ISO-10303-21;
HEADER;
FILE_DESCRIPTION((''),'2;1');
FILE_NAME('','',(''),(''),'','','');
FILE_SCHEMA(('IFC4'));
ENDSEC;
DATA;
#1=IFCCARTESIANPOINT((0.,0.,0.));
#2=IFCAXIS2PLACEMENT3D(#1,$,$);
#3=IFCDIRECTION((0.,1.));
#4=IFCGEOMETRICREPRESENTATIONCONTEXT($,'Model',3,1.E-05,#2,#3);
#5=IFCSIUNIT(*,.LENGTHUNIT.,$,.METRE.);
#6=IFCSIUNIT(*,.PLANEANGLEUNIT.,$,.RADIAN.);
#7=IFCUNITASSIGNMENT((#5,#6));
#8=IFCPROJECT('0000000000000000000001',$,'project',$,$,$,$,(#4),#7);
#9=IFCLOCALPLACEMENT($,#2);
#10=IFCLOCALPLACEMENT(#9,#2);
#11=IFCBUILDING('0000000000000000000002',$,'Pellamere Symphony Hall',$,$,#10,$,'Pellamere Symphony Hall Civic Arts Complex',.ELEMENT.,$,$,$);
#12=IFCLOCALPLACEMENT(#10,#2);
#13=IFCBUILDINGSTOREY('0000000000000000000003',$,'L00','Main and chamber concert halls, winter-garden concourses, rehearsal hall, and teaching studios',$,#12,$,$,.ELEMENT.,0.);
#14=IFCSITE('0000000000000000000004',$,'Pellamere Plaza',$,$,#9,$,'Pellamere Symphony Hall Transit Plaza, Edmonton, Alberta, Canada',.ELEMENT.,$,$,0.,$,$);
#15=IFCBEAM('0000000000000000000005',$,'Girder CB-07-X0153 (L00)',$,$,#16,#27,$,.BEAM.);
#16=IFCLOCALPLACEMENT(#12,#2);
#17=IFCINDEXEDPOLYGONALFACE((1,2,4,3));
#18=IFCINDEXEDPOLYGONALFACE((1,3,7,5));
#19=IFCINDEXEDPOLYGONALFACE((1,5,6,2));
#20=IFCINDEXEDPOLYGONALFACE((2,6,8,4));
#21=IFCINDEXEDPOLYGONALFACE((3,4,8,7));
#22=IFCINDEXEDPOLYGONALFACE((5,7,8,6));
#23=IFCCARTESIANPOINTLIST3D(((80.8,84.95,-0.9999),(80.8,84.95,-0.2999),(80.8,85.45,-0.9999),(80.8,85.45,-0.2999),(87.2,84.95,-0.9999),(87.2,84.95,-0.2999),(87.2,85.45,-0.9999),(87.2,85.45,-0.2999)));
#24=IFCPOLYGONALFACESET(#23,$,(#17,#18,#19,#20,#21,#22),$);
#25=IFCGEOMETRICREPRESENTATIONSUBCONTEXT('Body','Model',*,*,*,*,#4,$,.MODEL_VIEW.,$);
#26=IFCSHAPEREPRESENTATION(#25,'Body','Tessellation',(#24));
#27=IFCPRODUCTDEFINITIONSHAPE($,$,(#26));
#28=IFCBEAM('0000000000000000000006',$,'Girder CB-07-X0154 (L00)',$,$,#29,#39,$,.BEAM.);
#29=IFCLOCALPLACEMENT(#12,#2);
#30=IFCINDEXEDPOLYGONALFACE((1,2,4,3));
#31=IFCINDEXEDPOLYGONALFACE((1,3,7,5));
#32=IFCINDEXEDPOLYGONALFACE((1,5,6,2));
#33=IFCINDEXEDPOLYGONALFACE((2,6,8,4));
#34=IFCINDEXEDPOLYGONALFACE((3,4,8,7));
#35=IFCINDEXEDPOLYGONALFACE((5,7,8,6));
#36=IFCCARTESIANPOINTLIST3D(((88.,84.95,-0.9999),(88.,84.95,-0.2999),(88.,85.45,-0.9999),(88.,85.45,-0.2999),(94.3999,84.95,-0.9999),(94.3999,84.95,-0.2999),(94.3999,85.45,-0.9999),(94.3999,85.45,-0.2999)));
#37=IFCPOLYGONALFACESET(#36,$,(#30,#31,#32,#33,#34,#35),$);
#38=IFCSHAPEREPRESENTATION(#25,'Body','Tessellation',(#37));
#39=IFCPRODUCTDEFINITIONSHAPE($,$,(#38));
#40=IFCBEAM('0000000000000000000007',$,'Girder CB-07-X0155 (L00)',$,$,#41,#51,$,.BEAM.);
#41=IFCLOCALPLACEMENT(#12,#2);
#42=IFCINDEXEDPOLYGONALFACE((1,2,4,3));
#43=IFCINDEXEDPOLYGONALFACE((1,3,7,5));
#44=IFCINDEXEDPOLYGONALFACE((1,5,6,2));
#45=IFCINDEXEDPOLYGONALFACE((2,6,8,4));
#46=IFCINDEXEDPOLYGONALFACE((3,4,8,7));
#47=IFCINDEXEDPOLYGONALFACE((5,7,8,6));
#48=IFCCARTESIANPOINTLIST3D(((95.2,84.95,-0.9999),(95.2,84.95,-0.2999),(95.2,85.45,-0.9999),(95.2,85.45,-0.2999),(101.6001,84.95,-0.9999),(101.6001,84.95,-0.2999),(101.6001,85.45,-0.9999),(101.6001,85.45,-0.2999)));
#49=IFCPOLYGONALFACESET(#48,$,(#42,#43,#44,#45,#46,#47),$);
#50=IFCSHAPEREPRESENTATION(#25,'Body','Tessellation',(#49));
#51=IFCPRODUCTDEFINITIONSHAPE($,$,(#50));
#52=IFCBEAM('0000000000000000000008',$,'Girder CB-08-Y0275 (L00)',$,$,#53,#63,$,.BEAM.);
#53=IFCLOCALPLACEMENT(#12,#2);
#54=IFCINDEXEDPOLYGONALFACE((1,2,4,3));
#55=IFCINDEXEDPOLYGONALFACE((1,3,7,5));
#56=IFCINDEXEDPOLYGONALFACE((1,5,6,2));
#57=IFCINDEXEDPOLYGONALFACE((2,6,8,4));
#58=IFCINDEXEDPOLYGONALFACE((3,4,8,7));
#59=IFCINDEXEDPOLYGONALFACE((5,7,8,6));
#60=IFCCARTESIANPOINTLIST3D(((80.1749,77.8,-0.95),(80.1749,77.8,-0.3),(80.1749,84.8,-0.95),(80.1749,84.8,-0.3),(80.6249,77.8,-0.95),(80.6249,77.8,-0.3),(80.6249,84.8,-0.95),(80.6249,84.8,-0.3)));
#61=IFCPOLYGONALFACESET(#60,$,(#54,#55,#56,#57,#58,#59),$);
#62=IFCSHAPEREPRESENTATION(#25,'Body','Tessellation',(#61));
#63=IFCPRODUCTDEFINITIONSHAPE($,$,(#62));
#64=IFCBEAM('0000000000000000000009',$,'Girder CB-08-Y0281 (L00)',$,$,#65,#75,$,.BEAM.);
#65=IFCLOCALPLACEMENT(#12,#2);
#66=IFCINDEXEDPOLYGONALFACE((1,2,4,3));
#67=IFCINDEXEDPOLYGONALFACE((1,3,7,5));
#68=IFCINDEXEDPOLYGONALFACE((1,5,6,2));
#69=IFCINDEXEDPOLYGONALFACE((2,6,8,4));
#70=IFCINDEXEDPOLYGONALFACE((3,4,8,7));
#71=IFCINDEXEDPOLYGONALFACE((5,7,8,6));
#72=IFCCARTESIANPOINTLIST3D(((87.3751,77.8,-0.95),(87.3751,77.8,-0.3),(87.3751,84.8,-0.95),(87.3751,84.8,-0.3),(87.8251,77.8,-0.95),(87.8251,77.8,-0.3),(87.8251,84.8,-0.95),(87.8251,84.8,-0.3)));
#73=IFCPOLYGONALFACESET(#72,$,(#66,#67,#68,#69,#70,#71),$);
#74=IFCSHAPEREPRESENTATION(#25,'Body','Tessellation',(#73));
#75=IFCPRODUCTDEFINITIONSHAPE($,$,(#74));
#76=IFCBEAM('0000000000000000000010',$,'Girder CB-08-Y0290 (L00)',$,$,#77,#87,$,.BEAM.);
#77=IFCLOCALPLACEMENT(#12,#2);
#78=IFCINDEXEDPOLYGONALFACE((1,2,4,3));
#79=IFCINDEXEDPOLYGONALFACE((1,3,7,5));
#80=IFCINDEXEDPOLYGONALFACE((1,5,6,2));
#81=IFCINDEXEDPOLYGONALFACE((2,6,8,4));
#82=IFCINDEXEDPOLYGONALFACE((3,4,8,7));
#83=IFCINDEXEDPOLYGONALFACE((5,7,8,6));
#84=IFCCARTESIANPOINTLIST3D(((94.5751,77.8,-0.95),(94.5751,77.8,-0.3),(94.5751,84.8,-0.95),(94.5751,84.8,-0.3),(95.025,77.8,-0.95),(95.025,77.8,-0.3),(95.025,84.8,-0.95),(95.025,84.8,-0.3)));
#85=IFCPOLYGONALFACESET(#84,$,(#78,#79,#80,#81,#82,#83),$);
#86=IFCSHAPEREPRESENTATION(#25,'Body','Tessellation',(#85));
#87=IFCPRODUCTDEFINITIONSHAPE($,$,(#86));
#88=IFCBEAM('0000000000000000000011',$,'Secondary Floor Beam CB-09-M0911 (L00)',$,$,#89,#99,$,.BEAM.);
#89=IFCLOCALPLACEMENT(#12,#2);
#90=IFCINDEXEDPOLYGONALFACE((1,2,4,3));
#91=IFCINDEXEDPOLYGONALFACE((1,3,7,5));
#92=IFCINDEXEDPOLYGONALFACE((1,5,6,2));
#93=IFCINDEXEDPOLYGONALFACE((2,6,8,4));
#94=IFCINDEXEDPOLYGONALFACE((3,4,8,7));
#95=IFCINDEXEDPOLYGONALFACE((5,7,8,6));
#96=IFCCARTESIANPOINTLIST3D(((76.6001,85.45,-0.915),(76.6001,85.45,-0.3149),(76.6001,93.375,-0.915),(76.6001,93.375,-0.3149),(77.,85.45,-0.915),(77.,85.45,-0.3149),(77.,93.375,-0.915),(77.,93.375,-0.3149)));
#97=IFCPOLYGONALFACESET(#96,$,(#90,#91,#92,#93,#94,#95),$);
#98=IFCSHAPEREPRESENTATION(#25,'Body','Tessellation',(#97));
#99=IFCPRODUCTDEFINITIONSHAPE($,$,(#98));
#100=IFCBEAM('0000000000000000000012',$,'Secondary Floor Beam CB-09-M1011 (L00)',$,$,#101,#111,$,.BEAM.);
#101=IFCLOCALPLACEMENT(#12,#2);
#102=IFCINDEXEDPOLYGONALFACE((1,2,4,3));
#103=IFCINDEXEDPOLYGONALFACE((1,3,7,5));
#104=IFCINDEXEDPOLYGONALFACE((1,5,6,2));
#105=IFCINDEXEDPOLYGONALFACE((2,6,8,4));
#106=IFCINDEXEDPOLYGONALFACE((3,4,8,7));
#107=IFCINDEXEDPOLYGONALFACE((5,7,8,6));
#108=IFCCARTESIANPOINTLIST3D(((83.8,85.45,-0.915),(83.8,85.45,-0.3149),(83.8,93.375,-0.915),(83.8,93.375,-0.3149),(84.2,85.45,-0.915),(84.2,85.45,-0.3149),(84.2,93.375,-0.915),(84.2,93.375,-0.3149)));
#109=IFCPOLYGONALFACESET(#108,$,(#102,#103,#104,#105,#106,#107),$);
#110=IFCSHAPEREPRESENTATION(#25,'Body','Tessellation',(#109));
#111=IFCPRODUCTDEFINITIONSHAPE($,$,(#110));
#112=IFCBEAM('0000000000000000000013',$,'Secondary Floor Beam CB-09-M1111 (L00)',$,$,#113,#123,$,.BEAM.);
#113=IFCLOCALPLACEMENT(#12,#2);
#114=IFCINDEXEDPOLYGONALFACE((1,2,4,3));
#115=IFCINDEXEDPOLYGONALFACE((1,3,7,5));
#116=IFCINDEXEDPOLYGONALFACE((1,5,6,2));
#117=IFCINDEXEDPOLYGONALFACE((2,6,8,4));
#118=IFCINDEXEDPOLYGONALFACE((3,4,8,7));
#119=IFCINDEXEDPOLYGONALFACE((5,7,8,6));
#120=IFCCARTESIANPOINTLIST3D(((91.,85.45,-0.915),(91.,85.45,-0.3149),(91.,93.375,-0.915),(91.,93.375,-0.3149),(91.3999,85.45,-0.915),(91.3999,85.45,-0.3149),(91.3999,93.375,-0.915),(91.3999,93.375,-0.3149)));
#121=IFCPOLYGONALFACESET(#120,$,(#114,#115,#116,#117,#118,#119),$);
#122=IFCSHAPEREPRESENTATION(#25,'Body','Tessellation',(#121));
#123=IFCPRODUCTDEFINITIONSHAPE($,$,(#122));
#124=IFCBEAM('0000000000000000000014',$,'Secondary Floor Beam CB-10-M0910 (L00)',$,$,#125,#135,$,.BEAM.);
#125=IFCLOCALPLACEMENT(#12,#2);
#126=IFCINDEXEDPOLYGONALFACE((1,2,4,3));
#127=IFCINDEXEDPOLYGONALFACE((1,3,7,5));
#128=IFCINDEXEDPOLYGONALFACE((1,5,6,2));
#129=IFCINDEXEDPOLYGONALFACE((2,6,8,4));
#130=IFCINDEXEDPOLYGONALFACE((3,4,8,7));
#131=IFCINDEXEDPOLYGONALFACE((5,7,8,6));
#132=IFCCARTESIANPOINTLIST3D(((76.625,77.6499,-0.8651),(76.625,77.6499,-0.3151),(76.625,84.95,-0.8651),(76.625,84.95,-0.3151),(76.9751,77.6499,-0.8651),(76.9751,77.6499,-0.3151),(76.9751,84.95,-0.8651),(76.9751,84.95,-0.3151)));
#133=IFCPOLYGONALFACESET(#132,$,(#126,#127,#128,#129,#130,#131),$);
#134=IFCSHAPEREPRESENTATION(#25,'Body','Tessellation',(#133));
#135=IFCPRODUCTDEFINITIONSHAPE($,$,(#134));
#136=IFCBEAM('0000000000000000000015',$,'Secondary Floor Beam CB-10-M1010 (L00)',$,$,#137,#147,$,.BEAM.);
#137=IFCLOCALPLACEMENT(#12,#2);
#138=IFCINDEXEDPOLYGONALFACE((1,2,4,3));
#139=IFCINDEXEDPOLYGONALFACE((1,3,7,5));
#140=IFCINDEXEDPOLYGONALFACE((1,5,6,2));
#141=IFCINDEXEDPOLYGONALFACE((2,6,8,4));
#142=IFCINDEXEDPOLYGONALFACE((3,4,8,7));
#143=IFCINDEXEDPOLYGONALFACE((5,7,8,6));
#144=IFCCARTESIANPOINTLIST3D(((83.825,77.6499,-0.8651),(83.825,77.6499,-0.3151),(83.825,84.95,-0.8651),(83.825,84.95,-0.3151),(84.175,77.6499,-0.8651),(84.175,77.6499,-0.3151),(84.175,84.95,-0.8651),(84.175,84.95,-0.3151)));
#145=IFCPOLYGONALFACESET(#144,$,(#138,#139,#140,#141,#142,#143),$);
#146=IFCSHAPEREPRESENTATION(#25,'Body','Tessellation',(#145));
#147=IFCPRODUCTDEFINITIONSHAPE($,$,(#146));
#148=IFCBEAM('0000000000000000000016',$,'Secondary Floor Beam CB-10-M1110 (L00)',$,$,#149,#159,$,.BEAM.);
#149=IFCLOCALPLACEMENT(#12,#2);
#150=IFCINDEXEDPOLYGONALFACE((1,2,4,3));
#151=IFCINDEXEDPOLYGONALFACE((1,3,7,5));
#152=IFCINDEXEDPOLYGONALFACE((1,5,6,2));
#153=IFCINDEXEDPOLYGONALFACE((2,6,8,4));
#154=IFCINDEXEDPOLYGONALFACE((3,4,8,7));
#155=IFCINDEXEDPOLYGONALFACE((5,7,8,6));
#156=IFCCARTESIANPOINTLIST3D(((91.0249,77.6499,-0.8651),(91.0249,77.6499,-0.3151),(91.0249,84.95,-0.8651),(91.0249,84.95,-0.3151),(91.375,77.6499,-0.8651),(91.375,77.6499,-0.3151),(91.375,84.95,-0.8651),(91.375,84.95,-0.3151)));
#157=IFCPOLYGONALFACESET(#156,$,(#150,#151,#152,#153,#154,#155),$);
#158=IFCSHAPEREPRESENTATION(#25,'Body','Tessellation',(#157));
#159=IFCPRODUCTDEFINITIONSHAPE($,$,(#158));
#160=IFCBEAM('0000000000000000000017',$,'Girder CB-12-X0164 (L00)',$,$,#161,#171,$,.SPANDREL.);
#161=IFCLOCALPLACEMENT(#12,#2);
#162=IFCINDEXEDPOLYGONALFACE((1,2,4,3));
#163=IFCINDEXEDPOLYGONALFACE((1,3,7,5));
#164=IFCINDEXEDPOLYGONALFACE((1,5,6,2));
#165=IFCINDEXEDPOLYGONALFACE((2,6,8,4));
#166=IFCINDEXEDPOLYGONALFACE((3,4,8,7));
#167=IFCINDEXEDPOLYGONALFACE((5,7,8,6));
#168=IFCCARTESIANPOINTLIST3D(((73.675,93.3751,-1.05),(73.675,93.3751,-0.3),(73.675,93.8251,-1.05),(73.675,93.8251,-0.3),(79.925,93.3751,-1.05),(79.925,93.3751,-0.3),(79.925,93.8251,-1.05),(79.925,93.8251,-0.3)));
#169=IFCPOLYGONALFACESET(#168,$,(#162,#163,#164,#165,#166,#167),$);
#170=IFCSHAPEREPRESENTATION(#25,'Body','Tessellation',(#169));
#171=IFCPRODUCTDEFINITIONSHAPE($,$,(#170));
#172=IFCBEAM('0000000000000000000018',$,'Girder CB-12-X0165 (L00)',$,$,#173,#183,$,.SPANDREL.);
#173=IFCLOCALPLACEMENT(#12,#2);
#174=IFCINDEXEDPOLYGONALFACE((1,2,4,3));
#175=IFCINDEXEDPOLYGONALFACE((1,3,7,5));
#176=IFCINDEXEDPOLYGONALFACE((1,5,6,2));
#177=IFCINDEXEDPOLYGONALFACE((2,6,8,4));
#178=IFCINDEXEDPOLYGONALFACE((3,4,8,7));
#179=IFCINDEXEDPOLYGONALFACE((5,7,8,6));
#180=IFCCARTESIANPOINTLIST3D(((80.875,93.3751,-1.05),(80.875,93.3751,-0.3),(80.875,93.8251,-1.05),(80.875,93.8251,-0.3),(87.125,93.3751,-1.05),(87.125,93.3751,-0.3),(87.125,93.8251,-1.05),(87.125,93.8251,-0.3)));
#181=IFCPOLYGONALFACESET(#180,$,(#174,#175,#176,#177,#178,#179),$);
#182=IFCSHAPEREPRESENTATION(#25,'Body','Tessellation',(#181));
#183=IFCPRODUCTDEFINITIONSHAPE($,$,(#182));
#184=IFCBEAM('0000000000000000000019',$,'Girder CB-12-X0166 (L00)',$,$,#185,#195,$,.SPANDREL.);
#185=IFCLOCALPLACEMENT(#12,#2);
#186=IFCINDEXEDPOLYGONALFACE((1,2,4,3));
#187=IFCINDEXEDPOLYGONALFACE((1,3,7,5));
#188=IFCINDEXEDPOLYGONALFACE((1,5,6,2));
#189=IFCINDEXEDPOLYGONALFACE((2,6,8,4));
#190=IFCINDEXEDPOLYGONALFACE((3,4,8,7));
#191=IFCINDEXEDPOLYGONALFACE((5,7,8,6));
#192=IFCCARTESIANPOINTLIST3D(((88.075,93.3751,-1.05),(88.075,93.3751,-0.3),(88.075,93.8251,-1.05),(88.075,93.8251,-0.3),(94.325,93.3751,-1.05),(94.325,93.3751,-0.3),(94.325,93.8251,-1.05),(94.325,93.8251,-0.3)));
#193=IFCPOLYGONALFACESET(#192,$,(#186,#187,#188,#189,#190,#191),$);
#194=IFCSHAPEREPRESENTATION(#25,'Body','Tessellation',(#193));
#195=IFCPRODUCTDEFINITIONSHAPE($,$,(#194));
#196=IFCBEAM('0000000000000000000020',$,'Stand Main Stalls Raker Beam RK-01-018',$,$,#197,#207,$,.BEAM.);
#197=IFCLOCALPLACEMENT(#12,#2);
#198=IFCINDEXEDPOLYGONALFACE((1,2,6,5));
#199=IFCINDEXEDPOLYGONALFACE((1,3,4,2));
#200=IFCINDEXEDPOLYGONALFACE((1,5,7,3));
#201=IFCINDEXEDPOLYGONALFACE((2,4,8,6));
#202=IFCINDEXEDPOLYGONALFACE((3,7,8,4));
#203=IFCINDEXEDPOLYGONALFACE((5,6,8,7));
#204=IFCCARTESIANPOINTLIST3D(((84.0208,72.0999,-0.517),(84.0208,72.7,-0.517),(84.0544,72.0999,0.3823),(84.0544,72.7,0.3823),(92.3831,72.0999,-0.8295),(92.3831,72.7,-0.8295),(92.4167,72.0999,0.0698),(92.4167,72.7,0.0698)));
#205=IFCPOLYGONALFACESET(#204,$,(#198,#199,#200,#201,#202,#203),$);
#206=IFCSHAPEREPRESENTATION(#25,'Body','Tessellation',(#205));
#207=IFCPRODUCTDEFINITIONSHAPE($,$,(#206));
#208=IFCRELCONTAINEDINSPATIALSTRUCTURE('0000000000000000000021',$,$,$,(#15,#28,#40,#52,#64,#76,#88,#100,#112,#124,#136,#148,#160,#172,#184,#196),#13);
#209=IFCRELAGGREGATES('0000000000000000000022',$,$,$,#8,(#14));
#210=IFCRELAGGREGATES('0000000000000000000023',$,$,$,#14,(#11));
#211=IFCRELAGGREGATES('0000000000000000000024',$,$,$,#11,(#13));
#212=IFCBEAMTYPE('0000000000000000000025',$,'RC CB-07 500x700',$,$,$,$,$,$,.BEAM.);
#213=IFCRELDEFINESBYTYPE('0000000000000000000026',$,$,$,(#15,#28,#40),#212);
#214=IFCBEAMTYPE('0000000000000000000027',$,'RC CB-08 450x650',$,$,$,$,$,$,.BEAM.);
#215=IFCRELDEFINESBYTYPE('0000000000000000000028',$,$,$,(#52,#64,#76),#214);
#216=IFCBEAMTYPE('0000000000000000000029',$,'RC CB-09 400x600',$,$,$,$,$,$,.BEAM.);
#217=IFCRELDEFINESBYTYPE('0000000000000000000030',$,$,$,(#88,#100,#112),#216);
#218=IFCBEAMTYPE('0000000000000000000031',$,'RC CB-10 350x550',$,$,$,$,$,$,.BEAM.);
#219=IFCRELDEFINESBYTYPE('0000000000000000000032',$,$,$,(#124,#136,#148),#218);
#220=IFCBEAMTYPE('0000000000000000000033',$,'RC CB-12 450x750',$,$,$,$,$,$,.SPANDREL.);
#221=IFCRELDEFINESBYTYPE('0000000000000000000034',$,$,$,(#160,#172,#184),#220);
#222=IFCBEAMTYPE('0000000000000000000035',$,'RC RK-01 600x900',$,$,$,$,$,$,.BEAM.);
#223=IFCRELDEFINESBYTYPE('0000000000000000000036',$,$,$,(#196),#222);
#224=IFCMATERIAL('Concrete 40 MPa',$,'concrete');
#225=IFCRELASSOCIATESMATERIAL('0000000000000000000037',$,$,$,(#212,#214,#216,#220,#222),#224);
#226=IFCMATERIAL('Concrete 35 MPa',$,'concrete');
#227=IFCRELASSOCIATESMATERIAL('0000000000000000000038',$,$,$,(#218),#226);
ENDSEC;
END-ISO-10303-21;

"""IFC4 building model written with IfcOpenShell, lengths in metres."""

from ifc_helpers import new_model, si_unit, direction, frame, origin, origin_2d, place, context, subcontext, project, spatial, rectangle, extrude, material, material_profile, profile_set, type_object, element, save


model = new_model("IFC4")

# Units and contexts
model_context = context("Model", 3, precision=1e-05, world=origin(), true_north=direction((0.0, 1.0)))
body_context = subcontext(model_context, "Body", "Model", "MODEL_VIEW")
ifc_project = project(units=[si_unit("LENGTHUNIT", "METRE"), si_unit("PLANEANGLEUNIT", "RADIAN")], contexts=[model_context])

# Site, building, storey
site_placement = place(None, origin())
site = spatial("IfcSite", under=ifc_project, at=site_placement, Name="Pellamere Plaza", LongName="Pellamere Symphony Hall Transit Plaza, Edmonton, Alberta, Canada", CompositionType="ELEMENT", RefElevation=0.0)
building_placement = place(site_placement, origin())
building = spatial("IfcBuilding", under=site, at=building_placement, Name="Pellamere Symphony Hall", LongName="Pellamere Symphony Hall Civic Arts Complex", CompositionType="ELEMENT")
storey_placement = place(building_placement, origin())
storey = spatial("IfcBuildingStorey", under=building, at=storey_placement, Name="L00", Description="Main and chamber concert halls, winter-garden concourses, rehearsal hall, and teaching studios", CompositionType="ELEMENT", Elevation=0.0)

# Shared definitions
ifc_material_1 = material(Name="Concrete 40 MPa", Category="concrete")

# Beams
ifc_material_profile_1 = material_profile(ifc_material_1, rectangle(XDim=0.5, YDim=0.7, at=origin_2d()), Name="RC 500x700")
ifc_profile_set_1 = profile_set([ifc_material_profile_1], Name="Concrete 40 MPa")
beam_type_1 = type_object("IfcBeamType", Name="RC CB-07 500x700", PredefinedType="BEAM", material=ifc_profile_set_1)
for number, where, z_axis, x_axis, name in (
    (1, (80.8, 85.2, -0.6499), (1.0, 0.0, 0.0), (0.0, 1.0, 0.0), "Girder CB-07-X0153 (L00)"),
    (2, (88.0, 85.2, -0.6499), (1.0, 0.0, 0.0), (0.0, 1.0, 0.0), "Girder CB-07-X0154 (L00)"),
):
    element("IfcBeam", number, at=place(storey_placement, frame(where, z_axis=z_axis, x_axis=x_axis)), inside=storey, type_object=beam_type_1, Name=name, PredefinedType="BEAM", context=body_context, shape_type="SweptSolid", body=[
        extrude(rectangle(XDim=0.5, YDim=0.7, at=origin_2d()), origin(), (0.0, 0.0, 1.0), 6.3999),
    ])
beam_1_placement = place(storey_placement, frame((95.2, 85.2, -0.6499), z_axis=(1.0, 0.0, 0.0), x_axis=(0.0, 1.0, 0.0)))
element("IfcBeam", 3, at=beam_1_placement, inside=storey, type_object=beam_type_1, Name="Girder CB-07-X0155 (L00)", PredefinedType="BEAM", context=body_context, shape_type="SweptSolid", body=[
    extrude(rectangle(XDim=0.5, YDim=0.7, at=origin_2d()), origin(), (0.0, 0.0, 1.0), 6.4001),
])
ifc_material_profile_2 = material_profile(ifc_material_1, rectangle(XDim=0.45, YDim=0.6499, at=origin_2d()), Name="RC 450x650")
ifc_profile_set_2 = profile_set([ifc_material_profile_2], Name="Concrete 40 MPa")
beam_type_2 = type_object("IfcBeamType", Name="RC CB-08 450x650", PredefinedType="BEAM", material=ifc_profile_set_2)
for number, where, z_axis, x_axis, name in (
    (4, (80.3999, 77.8, -0.625), (0.0, 1.0, 0.0), (-1.0, 0.0, 0.0), "Girder CB-08-Y0275 (L00)"),
    (5, (87.6001, 77.8, -0.625), (0.0, 1.0, 0.0), (-1.0, 0.0, 0.0), "Girder CB-08-Y0281 (L00)"),
    (6, (94.8, 77.8, -0.625), (0.0, 1.0, 0.0), (-1.0, 0.0, 0.0), "Girder CB-08-Y0290 (L00)"),
):
    element("IfcBeam", number, at=place(storey_placement, frame(where, z_axis=z_axis, x_axis=x_axis)), inside=storey, type_object=beam_type_2, Name=name, PredefinedType="BEAM", context=body_context, shape_type="SweptSolid", body=[
        extrude(rectangle(XDim=0.45, YDim=0.6499, at=origin_2d()), origin(), (0.0, 0.0, 1.0), 7.0),
    ])
ifc_material_profile_3 = material_profile(ifc_material_1, rectangle(XDim=0.3999, YDim=0.6001, at=origin_2d()), Name="RC 400x600")
ifc_profile_set_3 = profile_set([ifc_material_profile_3], Name="Concrete 40 MPa")
beam_type_3 = type_object("IfcBeamType", Name="RC CB-09 400x600", PredefinedType="BEAM", material=ifc_profile_set_3)
for number, where, z_axis, x_axis, name in (
    (7, (76.8, 85.45, -0.615), (0.0, 1.0, 0.0), (-1.0, 0.0, 0.0), "Secondary Floor Beam CB-09-M0911 (L00)"),
    (8, (84.0, 85.45, -0.615), (0.0, 1.0, 0.0), (-1.0, 0.0, 0.0), "Secondary Floor Beam CB-09-M1011 (L00)"),
    (9, (91.2, 85.45, -0.615), (0.0, 1.0, 0.0), (-1.0, 0.0, 0.0), "Secondary Floor Beam CB-09-M1111 (L00)"),
):
    element("IfcBeam", number, at=place(storey_placement, frame(where, z_axis=z_axis, x_axis=x_axis)), inside=storey, type_object=beam_type_3, Name=name, PredefinedType="BEAM", context=body_context, shape_type="SweptSolid", body=[
        extrude(rectangle(XDim=0.3999, YDim=0.6001, at=origin_2d()), origin(), (0.0, 0.0, 1.0), 7.925),
    ])
ifc_material_2 = material(Name="Concrete 35 MPa", Category="concrete")
ifc_material_profile_4 = material_profile(ifc_material_2, rectangle(XDim=0.3501, YDim=0.55, at=origin_2d()), Name="RC 350x550")
ifc_profile_set_4 = profile_set([ifc_material_profile_4], Name="Concrete 35 MPa")
beam_type_4 = type_object("IfcBeamType", Name="RC CB-10 350x550", PredefinedType="BEAM", material=ifc_profile_set_4)
for number, where, z_axis, x_axis, name in (
    (10, (76.8, 77.6499, -0.5901), (0.0, 1.0, 0.0), (-1.0, 0.0, 0.0), "Secondary Floor Beam CB-10-M0910 (L00)"),
    (11, (84.0, 77.6499, -0.5901), (0.0, 1.0, 0.0), (-1.0, 0.0, 0.0), "Secondary Floor Beam CB-10-M1010 (L00)"),
    (12, (91.2, 77.6499, -0.5901), (0.0, 1.0, 0.0), (-1.0, 0.0, 0.0), "Secondary Floor Beam CB-10-M1110 (L00)"),
):
    element("IfcBeam", number, at=place(storey_placement, frame(where, z_axis=z_axis, x_axis=x_axis)), inside=storey, type_object=beam_type_4, Name=name, PredefinedType="BEAM", context=body_context, shape_type="SweptSolid", body=[
        extrude(rectangle(XDim=0.3501, YDim=0.55, at=origin_2d()), origin(), (0.0, 0.0, 1.0), 7.3),
    ])
ifc_material_profile_5 = material_profile(ifc_material_1, rectangle(XDim=0.45, YDim=0.75, at=origin_2d()), Name="RC 450x750")
ifc_profile_set_5 = profile_set([ifc_material_profile_5], Name="Concrete 40 MPa")
beam_type_5 = type_object("IfcBeamType", Name="RC CB-12 450x750", PredefinedType="SPANDREL", material=ifc_profile_set_5)
for number, where, z_axis, x_axis, name in (
    (13, (73.675, 93.6001, -0.675), (1.0, 0.0, 0.0), (0.0, 1.0, 0.0), "Girder CB-12-X0164 (L00)"),
    (14, (80.875, 93.6001, -0.675), (1.0, 0.0, 0.0), (0.0, 1.0, 0.0), "Girder CB-12-X0165 (L00)"),
    (15, (88.075, 93.6001, -0.675), (1.0, 0.0, 0.0), (0.0, 1.0, 0.0), "Girder CB-12-X0166 (L00)"),
):
    element("IfcBeam", number, at=place(storey_placement, frame(where, z_axis=z_axis, x_axis=x_axis)), inside=storey, type_object=beam_type_5, Name=name, PredefinedType="SPANDREL", context=body_context, shape_type="SweptSolid", body=[
        extrude(rectangle(XDim=0.45, YDim=0.75, at=origin_2d()), origin(), (0.0, 0.0, 1.0), 6.25),
    ])
ifc_material_profile_6 = material_profile(ifc_material_1, rectangle(XDim=0.6001, YDim=0.8999, at=origin_2d()), Name="RC 600x900")
ifc_profile_set_6 = profile_set([ifc_material_profile_6], Name="Concrete 40 MPa")
beam_type_6 = type_object("IfcBeamType", Name="RC RK-01 600x900", PredefinedType="BEAM", material=ifc_profile_set_6)
beam_2_placement = place(storey_placement, frame((92.3999, 72.3999, -0.3799), z_axis=(-0.999302, 0.0, 0.037344), x_axis=(0.0, -1.0, 0.0)))
element("IfcBeam", 16, at=beam_2_placement, inside=storey, type_object=beam_type_6, Name="Stand Main Stalls Raker Beam RK-01-018", PredefinedType="BEAM", context=body_context, shape_type="SweptSolid", body=[
    extrude(rectangle(XDim=0.6001, YDim=0.8999, at=origin_2d()), origin(), (0.0, 0.0, 1.0), 8.3682),
])

save(model, "model.ifc")
